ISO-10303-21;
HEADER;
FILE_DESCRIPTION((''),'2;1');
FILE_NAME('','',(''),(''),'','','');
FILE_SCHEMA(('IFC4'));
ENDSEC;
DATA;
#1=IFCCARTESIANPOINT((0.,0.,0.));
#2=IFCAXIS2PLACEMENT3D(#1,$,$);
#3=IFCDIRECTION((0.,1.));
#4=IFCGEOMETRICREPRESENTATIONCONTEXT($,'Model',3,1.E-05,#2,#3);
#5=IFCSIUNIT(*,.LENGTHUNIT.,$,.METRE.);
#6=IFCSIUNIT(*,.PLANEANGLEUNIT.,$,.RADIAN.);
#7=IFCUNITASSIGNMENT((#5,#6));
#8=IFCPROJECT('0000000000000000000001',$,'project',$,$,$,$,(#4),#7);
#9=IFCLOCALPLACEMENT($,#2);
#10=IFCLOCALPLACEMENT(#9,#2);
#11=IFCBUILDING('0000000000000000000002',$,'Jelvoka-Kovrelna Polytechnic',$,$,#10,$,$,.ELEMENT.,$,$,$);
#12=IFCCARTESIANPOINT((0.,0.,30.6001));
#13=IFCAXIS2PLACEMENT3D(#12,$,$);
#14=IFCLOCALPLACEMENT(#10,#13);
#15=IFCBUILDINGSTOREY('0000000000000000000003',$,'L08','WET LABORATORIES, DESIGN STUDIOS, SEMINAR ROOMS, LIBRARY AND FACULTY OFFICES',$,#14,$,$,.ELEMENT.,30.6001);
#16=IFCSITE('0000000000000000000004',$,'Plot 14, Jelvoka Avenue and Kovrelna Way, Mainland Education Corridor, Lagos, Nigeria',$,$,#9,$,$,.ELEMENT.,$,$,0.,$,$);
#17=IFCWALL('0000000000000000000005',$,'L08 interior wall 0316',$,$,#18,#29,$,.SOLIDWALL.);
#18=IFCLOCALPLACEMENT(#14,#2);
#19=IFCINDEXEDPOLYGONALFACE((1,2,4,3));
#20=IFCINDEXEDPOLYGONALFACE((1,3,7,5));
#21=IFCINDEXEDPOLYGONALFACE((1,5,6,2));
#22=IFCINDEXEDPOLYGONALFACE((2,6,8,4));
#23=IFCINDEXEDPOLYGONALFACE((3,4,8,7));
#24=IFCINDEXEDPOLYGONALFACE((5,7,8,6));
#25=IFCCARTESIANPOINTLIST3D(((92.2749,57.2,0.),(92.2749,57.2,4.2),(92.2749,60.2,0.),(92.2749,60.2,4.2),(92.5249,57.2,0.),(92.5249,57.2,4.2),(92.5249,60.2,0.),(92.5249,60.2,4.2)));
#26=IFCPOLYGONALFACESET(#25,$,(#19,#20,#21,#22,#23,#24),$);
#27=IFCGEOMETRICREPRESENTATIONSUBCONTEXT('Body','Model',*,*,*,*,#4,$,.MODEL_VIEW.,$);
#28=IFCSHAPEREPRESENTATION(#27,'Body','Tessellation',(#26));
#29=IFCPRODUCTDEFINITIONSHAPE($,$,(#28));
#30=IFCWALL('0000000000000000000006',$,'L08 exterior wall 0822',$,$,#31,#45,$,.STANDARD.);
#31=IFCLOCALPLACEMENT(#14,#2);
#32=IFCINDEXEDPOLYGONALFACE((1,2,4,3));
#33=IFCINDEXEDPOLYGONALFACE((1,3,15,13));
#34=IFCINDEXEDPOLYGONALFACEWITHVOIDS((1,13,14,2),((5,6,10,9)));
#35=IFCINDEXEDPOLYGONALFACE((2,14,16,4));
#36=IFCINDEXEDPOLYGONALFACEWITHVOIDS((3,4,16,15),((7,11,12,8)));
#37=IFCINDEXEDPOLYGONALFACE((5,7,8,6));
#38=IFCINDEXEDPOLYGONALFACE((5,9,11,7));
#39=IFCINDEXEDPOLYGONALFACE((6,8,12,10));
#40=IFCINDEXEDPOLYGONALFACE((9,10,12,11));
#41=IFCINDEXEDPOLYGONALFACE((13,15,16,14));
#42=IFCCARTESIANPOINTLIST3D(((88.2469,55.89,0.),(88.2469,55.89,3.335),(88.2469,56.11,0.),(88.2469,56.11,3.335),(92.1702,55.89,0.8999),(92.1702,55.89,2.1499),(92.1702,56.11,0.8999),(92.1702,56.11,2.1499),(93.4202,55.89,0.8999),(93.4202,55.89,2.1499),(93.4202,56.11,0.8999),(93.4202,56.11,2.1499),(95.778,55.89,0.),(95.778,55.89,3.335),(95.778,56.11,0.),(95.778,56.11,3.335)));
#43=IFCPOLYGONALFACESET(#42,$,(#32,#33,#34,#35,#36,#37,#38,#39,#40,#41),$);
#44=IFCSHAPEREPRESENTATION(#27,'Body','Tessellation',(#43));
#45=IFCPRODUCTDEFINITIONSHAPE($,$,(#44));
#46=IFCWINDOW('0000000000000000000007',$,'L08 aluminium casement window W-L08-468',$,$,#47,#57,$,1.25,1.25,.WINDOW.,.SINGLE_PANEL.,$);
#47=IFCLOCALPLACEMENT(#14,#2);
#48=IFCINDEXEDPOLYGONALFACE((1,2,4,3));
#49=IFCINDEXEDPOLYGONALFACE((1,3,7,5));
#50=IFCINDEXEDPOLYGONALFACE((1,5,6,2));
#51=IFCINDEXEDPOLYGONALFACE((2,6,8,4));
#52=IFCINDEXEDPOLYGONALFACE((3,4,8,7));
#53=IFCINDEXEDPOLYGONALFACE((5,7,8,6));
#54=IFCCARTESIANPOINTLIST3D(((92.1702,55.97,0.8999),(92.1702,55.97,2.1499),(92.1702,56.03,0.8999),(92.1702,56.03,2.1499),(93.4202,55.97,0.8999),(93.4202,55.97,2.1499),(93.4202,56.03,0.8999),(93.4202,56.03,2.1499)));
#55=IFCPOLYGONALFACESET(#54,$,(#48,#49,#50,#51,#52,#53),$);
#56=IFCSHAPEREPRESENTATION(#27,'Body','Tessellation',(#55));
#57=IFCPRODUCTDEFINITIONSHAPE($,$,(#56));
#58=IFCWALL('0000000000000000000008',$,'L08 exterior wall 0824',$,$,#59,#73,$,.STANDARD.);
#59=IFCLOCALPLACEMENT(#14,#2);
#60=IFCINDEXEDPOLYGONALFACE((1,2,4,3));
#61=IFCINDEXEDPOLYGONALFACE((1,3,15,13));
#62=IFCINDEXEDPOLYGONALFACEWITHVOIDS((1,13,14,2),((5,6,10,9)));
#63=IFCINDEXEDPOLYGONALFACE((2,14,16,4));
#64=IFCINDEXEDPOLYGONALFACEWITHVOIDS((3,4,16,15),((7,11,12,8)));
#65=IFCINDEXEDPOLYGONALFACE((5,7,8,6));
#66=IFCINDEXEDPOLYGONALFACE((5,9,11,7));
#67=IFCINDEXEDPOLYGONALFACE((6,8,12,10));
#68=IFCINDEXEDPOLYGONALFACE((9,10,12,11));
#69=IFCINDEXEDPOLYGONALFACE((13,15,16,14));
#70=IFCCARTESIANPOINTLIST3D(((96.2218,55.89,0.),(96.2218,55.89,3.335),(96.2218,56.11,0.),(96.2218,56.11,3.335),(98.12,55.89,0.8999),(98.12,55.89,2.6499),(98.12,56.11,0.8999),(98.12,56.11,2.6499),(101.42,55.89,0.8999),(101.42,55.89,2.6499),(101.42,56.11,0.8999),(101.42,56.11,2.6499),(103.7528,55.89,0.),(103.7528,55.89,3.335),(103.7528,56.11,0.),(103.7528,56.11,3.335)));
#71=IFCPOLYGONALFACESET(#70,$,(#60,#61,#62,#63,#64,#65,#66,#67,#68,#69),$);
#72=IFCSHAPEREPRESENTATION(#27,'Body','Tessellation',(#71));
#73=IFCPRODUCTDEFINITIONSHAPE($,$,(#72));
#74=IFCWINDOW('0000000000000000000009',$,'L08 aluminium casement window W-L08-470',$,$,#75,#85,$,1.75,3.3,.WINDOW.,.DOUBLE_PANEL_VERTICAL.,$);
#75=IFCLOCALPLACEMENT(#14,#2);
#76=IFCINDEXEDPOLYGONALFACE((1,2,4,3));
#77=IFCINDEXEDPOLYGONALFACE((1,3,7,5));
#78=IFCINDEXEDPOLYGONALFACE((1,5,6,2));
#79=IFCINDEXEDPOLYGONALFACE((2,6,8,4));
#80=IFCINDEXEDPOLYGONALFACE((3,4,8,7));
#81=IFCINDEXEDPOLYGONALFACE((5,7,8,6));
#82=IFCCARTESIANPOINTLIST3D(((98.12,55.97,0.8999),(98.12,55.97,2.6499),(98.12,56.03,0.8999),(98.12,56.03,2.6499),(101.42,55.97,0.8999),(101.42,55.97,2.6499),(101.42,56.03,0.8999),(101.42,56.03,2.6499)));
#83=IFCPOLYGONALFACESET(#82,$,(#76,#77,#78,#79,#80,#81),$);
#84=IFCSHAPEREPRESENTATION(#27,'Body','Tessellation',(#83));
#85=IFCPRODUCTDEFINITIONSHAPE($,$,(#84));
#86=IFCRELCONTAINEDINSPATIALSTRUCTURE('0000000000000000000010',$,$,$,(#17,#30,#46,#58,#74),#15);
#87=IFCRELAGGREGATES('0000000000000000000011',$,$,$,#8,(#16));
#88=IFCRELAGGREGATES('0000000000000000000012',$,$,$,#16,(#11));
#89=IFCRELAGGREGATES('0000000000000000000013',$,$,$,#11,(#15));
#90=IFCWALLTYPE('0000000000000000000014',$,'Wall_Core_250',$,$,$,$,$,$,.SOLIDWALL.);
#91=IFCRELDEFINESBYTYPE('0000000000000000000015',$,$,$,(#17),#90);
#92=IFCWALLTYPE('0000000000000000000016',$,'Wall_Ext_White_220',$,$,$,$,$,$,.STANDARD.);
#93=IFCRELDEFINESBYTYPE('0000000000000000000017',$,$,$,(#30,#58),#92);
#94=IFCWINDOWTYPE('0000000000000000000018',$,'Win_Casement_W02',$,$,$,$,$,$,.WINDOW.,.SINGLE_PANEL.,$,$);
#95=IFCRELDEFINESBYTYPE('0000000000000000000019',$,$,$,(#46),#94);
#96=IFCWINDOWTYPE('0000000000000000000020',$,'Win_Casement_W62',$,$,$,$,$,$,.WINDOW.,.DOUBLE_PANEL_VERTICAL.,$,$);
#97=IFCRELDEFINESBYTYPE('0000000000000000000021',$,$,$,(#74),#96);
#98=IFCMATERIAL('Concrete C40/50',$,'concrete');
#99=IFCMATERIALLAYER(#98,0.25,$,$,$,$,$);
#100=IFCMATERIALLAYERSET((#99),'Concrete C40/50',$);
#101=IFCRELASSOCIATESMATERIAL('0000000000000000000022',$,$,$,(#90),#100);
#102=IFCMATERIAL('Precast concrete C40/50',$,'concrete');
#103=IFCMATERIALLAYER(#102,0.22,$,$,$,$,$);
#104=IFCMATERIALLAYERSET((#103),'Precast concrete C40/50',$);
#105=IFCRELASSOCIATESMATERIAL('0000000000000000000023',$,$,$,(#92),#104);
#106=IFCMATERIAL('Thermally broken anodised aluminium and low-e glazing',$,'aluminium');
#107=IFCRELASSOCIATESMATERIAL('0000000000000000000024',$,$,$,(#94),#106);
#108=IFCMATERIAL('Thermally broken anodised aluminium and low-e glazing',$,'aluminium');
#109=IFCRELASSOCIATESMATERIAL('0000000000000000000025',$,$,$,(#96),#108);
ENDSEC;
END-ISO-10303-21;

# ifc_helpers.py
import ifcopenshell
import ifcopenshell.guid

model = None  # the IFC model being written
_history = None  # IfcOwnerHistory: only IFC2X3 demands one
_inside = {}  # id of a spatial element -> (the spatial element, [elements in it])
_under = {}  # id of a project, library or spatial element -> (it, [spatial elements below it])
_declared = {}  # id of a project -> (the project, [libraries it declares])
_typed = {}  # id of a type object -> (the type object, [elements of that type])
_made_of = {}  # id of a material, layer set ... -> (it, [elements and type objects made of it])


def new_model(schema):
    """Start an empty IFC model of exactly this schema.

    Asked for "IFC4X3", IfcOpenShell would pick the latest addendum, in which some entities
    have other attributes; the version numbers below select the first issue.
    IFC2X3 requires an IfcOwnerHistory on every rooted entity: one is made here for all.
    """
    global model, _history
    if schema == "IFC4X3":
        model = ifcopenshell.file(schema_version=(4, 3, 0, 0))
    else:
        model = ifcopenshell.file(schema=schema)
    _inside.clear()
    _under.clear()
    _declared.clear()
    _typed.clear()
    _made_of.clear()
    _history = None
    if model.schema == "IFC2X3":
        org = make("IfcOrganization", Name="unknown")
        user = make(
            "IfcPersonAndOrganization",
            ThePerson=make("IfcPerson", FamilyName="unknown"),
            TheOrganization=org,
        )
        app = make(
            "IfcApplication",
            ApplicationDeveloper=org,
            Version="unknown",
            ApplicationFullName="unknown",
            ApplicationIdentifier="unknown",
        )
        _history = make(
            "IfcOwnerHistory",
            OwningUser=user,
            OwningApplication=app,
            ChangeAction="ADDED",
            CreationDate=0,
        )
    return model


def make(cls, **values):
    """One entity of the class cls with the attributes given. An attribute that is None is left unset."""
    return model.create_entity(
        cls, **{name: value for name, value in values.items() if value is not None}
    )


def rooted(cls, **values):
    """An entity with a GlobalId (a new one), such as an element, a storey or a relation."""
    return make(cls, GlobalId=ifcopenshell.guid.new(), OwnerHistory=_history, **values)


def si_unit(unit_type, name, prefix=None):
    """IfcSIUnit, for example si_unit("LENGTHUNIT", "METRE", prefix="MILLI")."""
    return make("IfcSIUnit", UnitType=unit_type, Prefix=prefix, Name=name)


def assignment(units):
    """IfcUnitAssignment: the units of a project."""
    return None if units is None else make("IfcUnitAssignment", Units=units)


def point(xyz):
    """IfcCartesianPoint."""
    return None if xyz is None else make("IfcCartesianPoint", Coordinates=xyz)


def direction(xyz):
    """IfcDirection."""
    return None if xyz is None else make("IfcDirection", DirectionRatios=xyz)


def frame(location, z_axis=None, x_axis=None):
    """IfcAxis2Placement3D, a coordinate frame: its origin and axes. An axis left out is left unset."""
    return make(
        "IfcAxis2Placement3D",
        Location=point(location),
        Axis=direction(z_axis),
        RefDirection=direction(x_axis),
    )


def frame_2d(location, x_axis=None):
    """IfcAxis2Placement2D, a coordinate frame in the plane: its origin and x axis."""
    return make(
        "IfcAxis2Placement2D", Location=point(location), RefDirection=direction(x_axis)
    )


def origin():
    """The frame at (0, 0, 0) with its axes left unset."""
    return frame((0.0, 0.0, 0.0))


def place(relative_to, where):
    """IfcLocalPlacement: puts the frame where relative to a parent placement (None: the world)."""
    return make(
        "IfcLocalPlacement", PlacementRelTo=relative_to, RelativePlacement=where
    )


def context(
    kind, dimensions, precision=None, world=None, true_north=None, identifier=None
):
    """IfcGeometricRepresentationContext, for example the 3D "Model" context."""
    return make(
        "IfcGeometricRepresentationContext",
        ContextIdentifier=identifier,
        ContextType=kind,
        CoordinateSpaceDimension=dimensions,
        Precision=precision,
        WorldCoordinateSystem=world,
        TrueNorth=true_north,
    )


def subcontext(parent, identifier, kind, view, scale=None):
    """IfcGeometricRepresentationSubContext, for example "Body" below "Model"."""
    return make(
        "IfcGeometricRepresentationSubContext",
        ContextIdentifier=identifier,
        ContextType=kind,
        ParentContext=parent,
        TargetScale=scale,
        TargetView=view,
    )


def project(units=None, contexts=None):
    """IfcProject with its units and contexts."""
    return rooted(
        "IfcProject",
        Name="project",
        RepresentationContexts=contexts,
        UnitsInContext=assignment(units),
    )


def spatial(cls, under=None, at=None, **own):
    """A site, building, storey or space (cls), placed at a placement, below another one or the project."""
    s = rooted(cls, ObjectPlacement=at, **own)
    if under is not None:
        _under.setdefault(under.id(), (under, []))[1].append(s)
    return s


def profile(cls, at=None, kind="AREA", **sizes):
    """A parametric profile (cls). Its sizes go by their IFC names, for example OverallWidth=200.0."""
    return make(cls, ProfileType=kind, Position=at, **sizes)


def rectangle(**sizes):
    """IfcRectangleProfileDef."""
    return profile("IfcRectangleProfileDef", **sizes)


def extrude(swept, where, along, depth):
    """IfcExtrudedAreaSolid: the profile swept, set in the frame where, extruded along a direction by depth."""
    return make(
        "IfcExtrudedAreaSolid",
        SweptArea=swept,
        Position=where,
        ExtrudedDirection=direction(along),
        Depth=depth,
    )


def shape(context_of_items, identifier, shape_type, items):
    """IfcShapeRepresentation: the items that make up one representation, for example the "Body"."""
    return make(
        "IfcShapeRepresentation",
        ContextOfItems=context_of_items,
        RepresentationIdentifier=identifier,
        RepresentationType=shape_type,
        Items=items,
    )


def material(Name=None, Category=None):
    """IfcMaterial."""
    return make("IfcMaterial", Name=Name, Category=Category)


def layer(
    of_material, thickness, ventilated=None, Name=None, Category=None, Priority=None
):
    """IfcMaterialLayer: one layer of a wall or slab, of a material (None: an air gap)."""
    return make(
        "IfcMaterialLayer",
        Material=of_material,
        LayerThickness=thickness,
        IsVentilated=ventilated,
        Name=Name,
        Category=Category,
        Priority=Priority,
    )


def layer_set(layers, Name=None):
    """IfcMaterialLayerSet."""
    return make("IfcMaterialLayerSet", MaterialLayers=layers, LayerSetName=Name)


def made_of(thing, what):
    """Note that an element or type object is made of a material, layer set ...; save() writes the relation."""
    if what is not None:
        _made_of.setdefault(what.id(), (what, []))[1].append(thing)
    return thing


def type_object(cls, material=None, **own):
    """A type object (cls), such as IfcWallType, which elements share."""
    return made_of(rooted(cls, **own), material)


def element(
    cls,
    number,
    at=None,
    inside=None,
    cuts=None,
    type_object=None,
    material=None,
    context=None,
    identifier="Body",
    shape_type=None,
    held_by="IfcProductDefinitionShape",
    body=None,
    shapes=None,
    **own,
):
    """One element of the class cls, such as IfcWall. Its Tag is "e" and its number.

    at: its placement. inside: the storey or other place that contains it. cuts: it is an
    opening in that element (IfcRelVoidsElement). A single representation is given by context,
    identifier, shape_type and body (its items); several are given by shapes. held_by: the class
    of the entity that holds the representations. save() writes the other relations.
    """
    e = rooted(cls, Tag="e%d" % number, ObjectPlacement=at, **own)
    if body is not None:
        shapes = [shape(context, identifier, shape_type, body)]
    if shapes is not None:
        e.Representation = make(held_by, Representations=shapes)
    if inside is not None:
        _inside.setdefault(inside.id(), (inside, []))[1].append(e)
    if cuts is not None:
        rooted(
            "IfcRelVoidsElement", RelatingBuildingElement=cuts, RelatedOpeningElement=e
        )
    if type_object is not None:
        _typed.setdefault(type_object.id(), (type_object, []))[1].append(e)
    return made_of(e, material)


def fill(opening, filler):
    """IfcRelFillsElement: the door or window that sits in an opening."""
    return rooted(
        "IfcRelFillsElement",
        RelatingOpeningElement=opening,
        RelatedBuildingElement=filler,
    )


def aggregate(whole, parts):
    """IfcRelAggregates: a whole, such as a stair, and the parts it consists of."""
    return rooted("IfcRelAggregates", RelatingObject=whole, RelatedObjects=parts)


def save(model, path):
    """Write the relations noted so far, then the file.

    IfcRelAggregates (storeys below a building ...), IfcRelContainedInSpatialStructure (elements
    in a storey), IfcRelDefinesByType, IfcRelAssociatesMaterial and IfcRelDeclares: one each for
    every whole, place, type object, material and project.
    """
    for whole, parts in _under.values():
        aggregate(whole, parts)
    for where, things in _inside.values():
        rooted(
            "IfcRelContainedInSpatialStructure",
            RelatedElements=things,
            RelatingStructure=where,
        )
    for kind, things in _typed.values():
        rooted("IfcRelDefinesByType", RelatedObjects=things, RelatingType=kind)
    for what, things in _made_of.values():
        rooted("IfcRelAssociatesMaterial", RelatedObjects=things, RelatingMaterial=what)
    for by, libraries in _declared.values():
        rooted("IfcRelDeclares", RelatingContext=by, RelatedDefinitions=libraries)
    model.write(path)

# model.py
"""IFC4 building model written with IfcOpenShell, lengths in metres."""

from ifc_helpers import new_model, si_unit, direction, frame, frame_2d, origin, place, context, subcontext, project, spatial, rectangle, extrude, material, layer, layer_set, type_object, element, fill, save


model = new_model("IFC4")

# Units and contexts
model_context = context("Model", 3, precision=1e-05, world=origin(), true_north=direction((0.0, 1.0)))
body_context = subcontext(model_context, "Body", "Model", "MODEL_VIEW")
ifc_project = project(units=[si_unit("LENGTHUNIT", "METRE"), si_unit("PLANEANGLEUNIT", "RADIAN")], contexts=[model_context])

# Site, building, storey
site_placement = place(None, origin())
site = spatial("IfcSite", under=ifc_project, at=site_placement, Name="Plot 14, Jelvoka Avenue and Kovrelna Way, Mainland Education Corridor, Lagos, Nigeria", CompositionType="ELEMENT", RefElevation=0.0)
building_placement = place(site_placement, origin())
building = spatial("IfcBuilding", under=site, at=building_placement, Name="Jelvoka-Kovrelna Polytechnic", CompositionType="ELEMENT")
storey_placement = place(building_placement, frame((0.0, 0.0, 30.6001)))
storey = spatial("IfcBuildingStorey", under=building, at=storey_placement, Name="L08", Description="WET LABORATORIES, DESIGN STUDIOS, SEMINAR ROOMS, LIBRARY AND FACULTY OFFICES", CompositionType="ELEMENT", Elevation=30.6001)

# Wall
ifc_material_1 = material(Name="Concrete C40/50", Category="concrete")
ifc_layer_1 = layer(ifc_material_1, 0.25)
ifc_layer_set_1 = layer_set([ifc_layer_1], Name="Concrete C40/50")
wall_type_1 = type_object("IfcWallType", Name="Wall_Core_250", PredefinedType="SOLIDWALL", material=ifc_layer_set_1)
wall_1_placement = place(storey_placement, frame((92.3999, 57.2, 0.0), z_axis=(0.0, 0.0, 1.0), x_axis=(0.0, 1.0, 0.0)))
element("IfcWall", 1, at=wall_1_placement, inside=storey, type_object=wall_type_1, Name="L08 interior wall 0316", PredefinedType="SOLIDWALL", context=body_context, shape_type="SweptSolid", body=[
    extrude(rectangle(XDim=3.0, YDim=0.25, at=frame_2d((1.5, 0.0))), origin(), (0.0, 0.0, 1.0), 4.2),
])

# Walls, openings, windows
ifc_material_2 = material(Name="Precast concrete C40/50", Category="concrete")
ifc_layer_2 = layer(ifc_material_2, 0.22)
ifc_layer_set_2 = layer_set([ifc_layer_2], Name="Precast concrete C40/50")
wall_type_2 = type_object("IfcWallType", Name="Wall_Ext_White_220", PredefinedType="STANDARD", material=ifc_layer_set_2)
wall_2_placement = place(storey_placement, frame((95.7781, 56.0, 0.0), z_axis=(0.0, 0.0, 1.0), x_axis=(-1.0, 0.0, 0.0)))
wall_2 = element("IfcWall", 2, at=wall_2_placement, inside=storey, type_object=wall_type_2, Name="L08 exterior wall 0822", PredefinedType="STANDARD", context=body_context, shape_type="SweptSolid", body=[
    extrude(rectangle(XDim=7.531, YDim=0.22, at=frame_2d((3.7656, 0.0))), origin(), (0.0, 0.0, 1.0), 3.335),
])
opening_1_placement = place(wall_2_placement, frame((2.3579, 0.0, 0.8999)))
opening_1 = element("IfcOpeningElement", 3, at=opening_1_placement, cuts=wall_2, PredefinedType="OPENING", context=body_context, shape_type="SweptSolid", body=[
    extrude(rectangle(XDim=1.25, YDim=1.25, at=frame_2d((0.625, 0.625))), frame((0.0, 0.1199, 0.0), z_axis=(0.0, -1.0, 0.0), x_axis=(1.0, 0.0, 0.0)), (0.0, 0.0, 1.0), 0.24),
])
ifc_material_3 = material(Name="Thermally broken anodised aluminium and low-e glazing", Category="aluminium")
window_type_1 = type_object("IfcWindowType", Name="Win_Casement_W02", PartitioningType="SINGLE_PANEL", PredefinedType="WINDOW", material=ifc_material_3)
window_1_placement = place(opening_1_placement, origin())
window_1 = element("IfcWindow", 4, at=window_1_placement, inside=storey, type_object=window_type_1, Name="L08 aluminium casement window W-L08-468", OverallHeight=1.25, OverallWidth=1.25, PartitioningType="SINGLE_PANEL", PredefinedType="WINDOW", context=body_context, shape_type="SweptSolid", body=[
    extrude(rectangle(XDim=1.25, YDim=1.25, at=frame_2d((0.625, 0.625))), frame((0.0, 0.03, 0.0), z_axis=(0.0, -1.0, 0.0), x_axis=(1.0, 0.0, 0.0)), (0.0, 0.0, 1.0), 0.0601),
])
fill(opening_1, window_1)
wall_3_placement = place(storey_placement, frame((103.7529, 56.0, 0.0), z_axis=(0.0, 0.0, 1.0), x_axis=(-1.0, 0.0, 0.0)))
wall_3 = element("IfcWall", 5, at=wall_3_placement, inside=storey, type_object=wall_type_2, Name="L08 exterior wall 0824", PredefinedType="STANDARD", context=body_context, shape_type="SweptSolid", body=[
    extrude(rectangle(XDim=7.531, YDim=0.22, at=frame_2d((3.7656, 0.0))), origin(), (0.0, 0.0, 1.0), 3.335),
])
opening_2_placement = place(wall_3_placement, frame((2.333, 0.0, 0.8999)))
opening_2 = element("IfcOpeningElement", 6, at=opening_2_placement, cuts=wall_3, PredefinedType="OPENING", context=body_context, shape_type="SweptSolid", body=[
    extrude(rectangle(XDim=3.3, YDim=1.75, at=frame_2d((1.6499, 0.875))), frame((0.0, 0.1199, 0.0), z_axis=(0.0, -1.0, 0.0), x_axis=(1.0, 0.0, 0.0)), (0.0, 0.0, 1.0), 0.24),
])
ifc_material_4 = material(Name="Thermally broken anodised aluminium and low-e glazing", Category="aluminium")
window_type_2 = type_object("IfcWindowType", Name="Win_Casement_W62", PartitioningType="DOUBLE_PANEL_VERTICAL", PredefinedType="WINDOW", material=ifc_material_4)
window_2_placement = place(opening_2_placement, origin())
window_2 = element("IfcWindow", 7, at=window_2_placement, inside=storey, type_object=window_type_2, Name="L08 aluminium casement window W-L08-470", OverallHeight=1.75, OverallWidth=3.3, PartitioningType="DOUBLE_PANEL_VERTICAL", PredefinedType="WINDOW", context=body_context, shape_type="SweptSolid", body=[
    extrude(rectangle(XDim=3.3, YDim=1.75, at=frame_2d((1.6499, 0.875))), frame((0.0, 0.03, 0.0), z_axis=(0.0, -1.0, 0.0), x_axis=(1.0, 0.0, 0.0)), (0.0, 0.0, 1.0), 0.0601),
])
fill(opening_2, window_2)

save(model, "model.ifc")
